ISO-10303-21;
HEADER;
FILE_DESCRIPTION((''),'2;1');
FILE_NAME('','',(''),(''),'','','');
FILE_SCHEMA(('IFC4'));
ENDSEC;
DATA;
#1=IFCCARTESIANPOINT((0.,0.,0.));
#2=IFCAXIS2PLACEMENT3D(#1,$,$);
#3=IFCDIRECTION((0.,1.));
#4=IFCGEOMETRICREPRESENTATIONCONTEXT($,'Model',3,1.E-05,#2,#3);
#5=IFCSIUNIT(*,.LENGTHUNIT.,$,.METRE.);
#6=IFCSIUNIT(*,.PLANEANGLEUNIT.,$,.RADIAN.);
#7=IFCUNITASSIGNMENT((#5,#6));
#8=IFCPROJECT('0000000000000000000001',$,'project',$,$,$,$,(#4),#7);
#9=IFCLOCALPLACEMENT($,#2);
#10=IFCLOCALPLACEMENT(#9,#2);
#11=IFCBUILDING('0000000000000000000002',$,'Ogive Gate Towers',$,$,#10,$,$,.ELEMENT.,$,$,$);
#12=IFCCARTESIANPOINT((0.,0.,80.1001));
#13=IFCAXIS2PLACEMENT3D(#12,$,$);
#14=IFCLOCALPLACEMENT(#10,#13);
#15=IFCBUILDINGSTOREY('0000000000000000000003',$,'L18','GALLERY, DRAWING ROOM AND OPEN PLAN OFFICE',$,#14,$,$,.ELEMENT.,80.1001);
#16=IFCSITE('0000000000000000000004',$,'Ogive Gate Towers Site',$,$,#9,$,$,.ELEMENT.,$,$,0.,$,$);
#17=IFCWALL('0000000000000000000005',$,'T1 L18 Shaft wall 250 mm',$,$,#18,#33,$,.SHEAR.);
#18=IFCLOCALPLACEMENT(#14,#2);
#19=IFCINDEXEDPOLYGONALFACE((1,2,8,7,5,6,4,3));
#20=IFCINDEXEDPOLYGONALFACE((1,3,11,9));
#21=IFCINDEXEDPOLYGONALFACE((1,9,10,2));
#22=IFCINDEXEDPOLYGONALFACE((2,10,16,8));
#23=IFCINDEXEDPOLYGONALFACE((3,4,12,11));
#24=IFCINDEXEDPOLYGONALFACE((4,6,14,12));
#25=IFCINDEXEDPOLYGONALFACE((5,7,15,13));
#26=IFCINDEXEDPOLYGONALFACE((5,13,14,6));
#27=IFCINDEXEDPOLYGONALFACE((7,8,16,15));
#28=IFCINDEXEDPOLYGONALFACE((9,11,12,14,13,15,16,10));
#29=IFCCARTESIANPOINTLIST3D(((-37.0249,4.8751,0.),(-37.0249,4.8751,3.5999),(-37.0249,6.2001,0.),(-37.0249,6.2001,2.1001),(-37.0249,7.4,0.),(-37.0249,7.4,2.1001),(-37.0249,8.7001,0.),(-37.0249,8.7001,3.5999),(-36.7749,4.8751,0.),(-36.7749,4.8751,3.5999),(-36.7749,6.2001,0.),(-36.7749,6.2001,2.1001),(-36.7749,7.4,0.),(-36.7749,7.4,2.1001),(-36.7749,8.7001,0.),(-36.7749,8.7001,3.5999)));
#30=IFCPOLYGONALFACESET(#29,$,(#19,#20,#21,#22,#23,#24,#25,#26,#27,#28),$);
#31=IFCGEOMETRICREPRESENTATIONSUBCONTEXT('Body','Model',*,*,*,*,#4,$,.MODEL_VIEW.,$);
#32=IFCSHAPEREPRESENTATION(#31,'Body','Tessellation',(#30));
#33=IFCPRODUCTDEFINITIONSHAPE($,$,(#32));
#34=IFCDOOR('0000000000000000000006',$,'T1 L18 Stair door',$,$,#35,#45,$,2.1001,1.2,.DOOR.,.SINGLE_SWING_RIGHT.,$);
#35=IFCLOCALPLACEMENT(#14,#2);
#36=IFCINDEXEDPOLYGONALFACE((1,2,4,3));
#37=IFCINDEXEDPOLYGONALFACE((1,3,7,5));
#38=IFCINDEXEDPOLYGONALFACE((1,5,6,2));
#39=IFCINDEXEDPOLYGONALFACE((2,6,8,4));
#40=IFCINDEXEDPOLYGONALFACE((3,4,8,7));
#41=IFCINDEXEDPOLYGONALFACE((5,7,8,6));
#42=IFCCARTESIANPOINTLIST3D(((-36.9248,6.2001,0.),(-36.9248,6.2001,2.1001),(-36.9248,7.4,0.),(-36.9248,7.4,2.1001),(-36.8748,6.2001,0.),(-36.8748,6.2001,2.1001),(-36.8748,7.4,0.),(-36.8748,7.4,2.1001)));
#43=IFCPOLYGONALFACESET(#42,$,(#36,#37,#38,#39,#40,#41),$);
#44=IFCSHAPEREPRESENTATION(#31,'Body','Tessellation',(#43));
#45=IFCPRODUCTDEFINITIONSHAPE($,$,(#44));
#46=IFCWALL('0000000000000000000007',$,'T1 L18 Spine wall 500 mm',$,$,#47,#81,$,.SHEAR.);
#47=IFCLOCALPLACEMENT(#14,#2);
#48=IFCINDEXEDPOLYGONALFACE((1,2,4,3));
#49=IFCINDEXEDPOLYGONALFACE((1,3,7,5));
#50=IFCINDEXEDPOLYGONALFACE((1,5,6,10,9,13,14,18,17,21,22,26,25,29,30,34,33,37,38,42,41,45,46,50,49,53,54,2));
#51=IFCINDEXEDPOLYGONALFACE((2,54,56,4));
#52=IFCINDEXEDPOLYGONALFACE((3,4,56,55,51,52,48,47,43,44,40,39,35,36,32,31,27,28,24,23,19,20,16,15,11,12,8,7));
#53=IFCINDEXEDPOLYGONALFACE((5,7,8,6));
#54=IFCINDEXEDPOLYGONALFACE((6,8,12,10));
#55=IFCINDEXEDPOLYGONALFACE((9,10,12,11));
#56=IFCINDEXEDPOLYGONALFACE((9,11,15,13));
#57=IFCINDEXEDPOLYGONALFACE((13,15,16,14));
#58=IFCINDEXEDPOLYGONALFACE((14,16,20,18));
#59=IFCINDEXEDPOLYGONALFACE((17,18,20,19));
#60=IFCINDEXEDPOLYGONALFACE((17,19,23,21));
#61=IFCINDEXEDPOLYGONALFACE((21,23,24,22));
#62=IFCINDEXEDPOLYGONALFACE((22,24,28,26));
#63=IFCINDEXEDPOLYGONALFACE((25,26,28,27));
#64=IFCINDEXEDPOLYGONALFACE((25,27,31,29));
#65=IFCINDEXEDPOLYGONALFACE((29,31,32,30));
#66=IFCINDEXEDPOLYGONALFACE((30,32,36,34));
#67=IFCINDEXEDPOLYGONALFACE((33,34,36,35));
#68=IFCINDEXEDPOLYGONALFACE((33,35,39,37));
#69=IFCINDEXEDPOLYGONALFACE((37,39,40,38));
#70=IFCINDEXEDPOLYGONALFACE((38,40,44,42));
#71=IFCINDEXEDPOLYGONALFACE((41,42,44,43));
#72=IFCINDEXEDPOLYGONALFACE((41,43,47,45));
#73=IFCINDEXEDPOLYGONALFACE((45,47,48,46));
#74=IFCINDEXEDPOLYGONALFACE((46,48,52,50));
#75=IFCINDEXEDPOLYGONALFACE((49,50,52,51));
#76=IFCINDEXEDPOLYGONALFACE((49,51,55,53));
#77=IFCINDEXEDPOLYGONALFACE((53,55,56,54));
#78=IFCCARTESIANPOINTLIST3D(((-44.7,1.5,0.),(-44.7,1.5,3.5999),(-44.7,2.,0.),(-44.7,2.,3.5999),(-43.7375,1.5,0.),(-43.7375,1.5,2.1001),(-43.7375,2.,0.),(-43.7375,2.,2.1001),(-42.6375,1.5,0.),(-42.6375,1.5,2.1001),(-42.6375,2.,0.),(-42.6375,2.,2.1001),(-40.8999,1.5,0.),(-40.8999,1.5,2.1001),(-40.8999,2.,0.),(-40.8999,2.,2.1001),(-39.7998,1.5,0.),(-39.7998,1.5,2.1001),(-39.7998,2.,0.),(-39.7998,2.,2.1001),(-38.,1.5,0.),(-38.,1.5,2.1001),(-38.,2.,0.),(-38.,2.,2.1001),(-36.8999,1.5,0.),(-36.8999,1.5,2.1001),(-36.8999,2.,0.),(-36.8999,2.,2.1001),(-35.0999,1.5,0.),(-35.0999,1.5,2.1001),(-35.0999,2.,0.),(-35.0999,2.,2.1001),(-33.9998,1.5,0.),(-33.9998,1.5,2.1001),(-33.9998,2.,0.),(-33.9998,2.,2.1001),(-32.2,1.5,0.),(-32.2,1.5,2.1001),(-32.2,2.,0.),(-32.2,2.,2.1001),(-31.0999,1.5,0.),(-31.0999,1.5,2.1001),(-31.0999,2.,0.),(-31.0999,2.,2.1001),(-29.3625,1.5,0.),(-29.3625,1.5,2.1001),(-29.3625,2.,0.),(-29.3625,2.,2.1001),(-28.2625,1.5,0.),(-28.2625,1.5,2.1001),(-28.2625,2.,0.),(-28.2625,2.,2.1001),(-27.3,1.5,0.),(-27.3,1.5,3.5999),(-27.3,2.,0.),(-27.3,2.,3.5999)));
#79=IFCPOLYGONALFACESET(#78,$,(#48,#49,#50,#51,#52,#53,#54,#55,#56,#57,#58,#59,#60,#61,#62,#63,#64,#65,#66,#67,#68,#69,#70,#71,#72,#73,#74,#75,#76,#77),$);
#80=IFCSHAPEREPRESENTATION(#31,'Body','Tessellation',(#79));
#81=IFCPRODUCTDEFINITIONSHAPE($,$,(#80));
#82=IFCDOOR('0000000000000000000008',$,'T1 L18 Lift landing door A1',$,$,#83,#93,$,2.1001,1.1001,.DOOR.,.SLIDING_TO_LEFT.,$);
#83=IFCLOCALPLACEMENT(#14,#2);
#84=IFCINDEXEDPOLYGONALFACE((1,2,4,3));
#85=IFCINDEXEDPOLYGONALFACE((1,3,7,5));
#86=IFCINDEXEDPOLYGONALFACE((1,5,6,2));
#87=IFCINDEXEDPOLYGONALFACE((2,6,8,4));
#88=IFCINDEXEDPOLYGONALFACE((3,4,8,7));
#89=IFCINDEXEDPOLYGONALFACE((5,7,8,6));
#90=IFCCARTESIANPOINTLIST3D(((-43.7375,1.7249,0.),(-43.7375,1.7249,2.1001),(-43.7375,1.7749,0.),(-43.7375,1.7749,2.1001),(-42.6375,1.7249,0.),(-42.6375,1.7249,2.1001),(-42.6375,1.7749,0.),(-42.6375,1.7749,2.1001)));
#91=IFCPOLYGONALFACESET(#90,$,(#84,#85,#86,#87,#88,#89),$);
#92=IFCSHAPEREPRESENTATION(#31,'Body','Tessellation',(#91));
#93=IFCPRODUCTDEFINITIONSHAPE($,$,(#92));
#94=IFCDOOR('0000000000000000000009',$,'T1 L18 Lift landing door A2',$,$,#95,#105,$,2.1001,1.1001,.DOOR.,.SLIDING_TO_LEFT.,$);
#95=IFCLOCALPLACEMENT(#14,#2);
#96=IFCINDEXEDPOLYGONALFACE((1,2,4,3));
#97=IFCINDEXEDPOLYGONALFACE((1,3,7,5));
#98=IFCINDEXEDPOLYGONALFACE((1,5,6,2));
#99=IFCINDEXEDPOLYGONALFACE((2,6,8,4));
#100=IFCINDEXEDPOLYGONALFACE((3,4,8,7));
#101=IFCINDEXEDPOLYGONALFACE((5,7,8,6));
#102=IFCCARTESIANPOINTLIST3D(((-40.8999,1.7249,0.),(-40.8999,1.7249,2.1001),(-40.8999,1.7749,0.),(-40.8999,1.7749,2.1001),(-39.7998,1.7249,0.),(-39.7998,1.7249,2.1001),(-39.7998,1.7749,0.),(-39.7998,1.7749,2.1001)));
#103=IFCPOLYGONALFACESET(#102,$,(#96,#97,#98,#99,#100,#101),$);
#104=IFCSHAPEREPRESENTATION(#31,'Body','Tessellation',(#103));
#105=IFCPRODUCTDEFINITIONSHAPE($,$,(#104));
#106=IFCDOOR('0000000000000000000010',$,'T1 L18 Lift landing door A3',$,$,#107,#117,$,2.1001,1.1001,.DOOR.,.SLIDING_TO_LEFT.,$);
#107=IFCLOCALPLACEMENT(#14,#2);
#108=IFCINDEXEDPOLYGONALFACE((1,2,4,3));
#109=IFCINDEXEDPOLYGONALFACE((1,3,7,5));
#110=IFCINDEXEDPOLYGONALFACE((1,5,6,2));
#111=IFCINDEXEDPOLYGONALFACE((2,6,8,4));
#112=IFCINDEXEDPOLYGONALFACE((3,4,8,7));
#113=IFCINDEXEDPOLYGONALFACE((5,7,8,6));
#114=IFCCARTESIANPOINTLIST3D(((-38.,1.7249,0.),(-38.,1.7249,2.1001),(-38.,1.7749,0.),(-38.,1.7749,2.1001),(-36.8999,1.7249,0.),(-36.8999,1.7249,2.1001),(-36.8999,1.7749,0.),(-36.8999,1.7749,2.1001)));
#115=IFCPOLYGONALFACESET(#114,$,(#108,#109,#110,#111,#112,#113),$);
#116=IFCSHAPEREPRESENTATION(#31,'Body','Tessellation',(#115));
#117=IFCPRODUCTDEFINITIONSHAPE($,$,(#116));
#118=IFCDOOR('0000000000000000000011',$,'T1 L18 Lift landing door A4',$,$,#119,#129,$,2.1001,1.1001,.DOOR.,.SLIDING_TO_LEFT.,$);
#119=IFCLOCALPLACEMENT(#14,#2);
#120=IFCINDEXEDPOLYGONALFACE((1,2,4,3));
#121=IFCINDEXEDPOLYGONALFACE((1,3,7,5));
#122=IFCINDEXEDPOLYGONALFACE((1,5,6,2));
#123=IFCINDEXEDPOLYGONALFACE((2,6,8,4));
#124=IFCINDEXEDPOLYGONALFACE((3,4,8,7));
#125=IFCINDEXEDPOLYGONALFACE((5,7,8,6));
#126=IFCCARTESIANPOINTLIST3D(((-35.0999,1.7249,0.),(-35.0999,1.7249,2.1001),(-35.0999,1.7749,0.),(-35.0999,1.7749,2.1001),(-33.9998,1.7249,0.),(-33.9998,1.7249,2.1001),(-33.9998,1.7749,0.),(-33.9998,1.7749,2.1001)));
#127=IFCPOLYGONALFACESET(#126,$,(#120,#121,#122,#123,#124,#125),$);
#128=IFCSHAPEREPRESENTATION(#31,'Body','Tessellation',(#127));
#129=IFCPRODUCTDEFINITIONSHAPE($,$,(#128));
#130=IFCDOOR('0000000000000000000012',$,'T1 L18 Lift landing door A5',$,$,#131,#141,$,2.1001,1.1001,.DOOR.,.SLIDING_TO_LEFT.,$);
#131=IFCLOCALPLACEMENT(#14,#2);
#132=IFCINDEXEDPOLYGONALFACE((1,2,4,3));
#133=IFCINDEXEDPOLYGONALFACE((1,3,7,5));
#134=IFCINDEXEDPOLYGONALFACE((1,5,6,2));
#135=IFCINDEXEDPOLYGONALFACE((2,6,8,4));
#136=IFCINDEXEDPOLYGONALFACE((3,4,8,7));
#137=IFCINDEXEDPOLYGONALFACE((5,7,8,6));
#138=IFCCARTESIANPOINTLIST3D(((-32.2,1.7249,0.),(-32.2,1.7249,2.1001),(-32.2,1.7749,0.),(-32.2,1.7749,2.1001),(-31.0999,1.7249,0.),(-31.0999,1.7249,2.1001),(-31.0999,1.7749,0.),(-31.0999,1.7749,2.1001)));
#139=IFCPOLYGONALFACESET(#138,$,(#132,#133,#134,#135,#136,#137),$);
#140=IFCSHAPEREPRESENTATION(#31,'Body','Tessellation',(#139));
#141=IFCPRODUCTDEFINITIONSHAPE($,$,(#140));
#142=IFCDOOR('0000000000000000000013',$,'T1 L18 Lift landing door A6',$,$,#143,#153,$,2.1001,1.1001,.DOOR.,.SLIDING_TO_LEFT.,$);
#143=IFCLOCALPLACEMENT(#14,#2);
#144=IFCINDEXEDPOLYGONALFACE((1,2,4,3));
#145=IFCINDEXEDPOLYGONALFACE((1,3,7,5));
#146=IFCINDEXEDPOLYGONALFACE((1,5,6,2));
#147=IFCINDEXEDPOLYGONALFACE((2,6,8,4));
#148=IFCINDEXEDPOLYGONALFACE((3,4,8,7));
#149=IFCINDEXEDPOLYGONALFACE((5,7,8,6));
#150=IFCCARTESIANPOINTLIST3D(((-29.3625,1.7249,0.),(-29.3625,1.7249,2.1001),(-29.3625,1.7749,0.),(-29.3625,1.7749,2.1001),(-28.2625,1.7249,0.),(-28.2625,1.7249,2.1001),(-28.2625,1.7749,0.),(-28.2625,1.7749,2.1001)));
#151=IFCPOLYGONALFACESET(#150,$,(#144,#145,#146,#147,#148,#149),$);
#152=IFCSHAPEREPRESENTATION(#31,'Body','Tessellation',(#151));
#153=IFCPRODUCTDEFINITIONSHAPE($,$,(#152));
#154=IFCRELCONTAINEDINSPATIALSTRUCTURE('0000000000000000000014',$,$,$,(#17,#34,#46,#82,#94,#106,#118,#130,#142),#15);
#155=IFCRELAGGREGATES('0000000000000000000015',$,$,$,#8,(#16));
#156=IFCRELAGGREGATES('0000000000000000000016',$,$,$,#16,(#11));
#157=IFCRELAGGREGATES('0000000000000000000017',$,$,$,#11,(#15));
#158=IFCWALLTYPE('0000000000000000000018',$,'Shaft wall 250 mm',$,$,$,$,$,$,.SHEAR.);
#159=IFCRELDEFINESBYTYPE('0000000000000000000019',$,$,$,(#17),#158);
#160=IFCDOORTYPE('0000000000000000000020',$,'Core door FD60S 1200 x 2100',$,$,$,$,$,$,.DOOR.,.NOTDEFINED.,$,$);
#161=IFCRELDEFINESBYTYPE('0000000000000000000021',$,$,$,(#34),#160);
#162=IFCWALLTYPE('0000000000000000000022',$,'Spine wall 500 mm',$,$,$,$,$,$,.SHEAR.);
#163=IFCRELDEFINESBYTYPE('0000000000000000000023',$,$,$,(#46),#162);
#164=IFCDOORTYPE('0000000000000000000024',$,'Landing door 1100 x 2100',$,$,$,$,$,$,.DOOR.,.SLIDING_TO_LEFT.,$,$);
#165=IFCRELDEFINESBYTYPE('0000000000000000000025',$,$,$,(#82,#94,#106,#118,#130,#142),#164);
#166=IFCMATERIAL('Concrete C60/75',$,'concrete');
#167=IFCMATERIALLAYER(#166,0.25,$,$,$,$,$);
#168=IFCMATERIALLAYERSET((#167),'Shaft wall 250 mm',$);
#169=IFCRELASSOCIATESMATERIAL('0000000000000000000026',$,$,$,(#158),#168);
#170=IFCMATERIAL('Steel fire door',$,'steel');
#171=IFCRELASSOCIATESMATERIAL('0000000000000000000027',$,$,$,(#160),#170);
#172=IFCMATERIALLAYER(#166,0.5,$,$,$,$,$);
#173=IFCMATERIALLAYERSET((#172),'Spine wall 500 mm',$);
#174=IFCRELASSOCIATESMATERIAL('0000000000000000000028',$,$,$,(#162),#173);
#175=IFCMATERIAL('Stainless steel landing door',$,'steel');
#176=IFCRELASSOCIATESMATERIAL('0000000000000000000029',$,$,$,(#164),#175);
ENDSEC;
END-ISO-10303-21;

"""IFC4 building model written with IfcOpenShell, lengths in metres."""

from ifc_helpers import new_model, si_unit, direction, frame, frame_2d, origin, place, context, subcontext, project, spatial, rectangle, extrude, material, layer, layer_set, type_object, element, fill, save


model = new_model("IFC4")

# Units and contexts
model_context = context("Model", 3, precision=1e-05, world=origin(), true_north=direction((0.0, 1.0)))
body_context = subcontext(model_context, "Body", "Model", "MODEL_VIEW")
ifc_project = project(units=[si_unit("LENGTHUNIT", "METRE"), si_unit("PLANEANGLEUNIT", "RADIAN")], contexts=[model_context])

# Site, building, storey
site_placement = place(None, origin())
site = spatial("IfcSite", under=ifc_project, at=site_placement, Name="Ogive Gate Towers Site", CompositionType="ELEMENT", RefElevation=0.0)
building_placement = place(site_placement, origin())
building = spatial("IfcBuilding", under=site, at=building_placement, Name="Ogive Gate Towers", CompositionType="ELEMENT")
storey_placement = place(building_placement, frame((0.0, 0.0, 80.1001)))
storey = spatial("IfcBuildingStorey", under=building, at=storey_placement, Name="L18", Description="GALLERY, DRAWING ROOM AND OPEN PLAN OFFICE", CompositionType="ELEMENT", Elevation=80.1001)

# Shared definitions
ifc_material_1 = material(Name="Concrete C60/75", Category="concrete")
ifc_layer_1 = layer(ifc_material_1, 0.25)
ifc_layer_set_1 = layer_set([ifc_layer_1], Name="Shaft wall 250 mm")
wall_type_1 = type_object("IfcWallType", Name="Shaft wall 250 mm", PredefinedType="SHEAR", material=ifc_layer_set_1)

# Wall, opening, door
wall_1_placement = place(storey_placement, frame((-36.8999, 4.875, 0.0), z_axis=(0.0, 0.0, 1.0), x_axis=(0.0, 1.0, 0.0)))
wall_1 = element("IfcWall", 1, at=wall_1_placement, inside=storey, type_object=wall_type_1, Name="T1 L18 Shaft wall 250 mm", PredefinedType="SHEAR", context=body_context, shape_type="SweptSolid", body=[
    extrude(rectangle(XDim=3.825, YDim=0.25, at=frame_2d((1.9126, 0.0))), origin(), (0.0, 0.0, 1.0), 3.5999),
])
opening_1_placement = place(wall_1_placement, frame((1.325, 0.0, 0.0)))
opening_1 = element("IfcOpeningElement", 2, at=opening_1_placement, cuts=wall_1, PredefinedType="OPENING", context=body_context, shape_type="SweptSolid", body=[
    extrude(rectangle(XDim=1.2, YDim=2.1001, at=frame_2d((0.6001, 1.05))), frame((0.0, 0.135, 0.0), z_axis=(0.0, -1.0, 0.0), x_axis=(1.0, 0.0, 0.0)), (0.0, 0.0, 1.0), 0.27),
])
ifc_material_2 = material(Name="Steel fire door", Category="steel")
door_type_1 = type_object("IfcDoorType", Name="Core door FD60S 1200 x 2100", OperationType="NOTDEFINED", PredefinedType="DOOR", material=ifc_material_2)
door_1_placement = place(opening_1_placement, origin())
door_1 = element("IfcDoor", 3, at=door_1_placement, inside=storey, type_object=door_type_1, Name="T1 L18 Stair door", OperationType="SINGLE_SWING_RIGHT", OverallHeight=2.1001, OverallWidth=1.2, PredefinedType="DOOR", context=body_context, shape_type="SweptSolid", body=[
    extrude(rectangle(XDim=1.2, YDim=2.1001, at=frame_2d((0.6001, 1.05))), frame((0.0, 0.0249, 0.0), z_axis=(0.0, -1.0, 0.0), x_axis=(1.0, 0.0, 0.0)), (0.0, 0.0, 1.0), 0.05),
])
fill(opening_1, door_1)

# Wall, openings, doors
ifc_layer_2 = layer(ifc_material_1, 0.5)
ifc_layer_set_2 = layer_set([ifc_layer_2], Name="Spine wall 500 mm")
wall_type_2 = type_object("IfcWallType", Name="Spine wall 500 mm", PredefinedType="SHEAR", material=ifc_layer_set_2)
wall_2_placement = place(storey_placement, frame((-44.7, 1.75, 0.0), z_axis=(0.0, 0.0, 1.0), x_axis=(1.0, 0.0, 0.0)))
wall_2 = element("IfcWall", 4, at=wall_2_placement, inside=storey, type_object=wall_type_2, Name="T1 L18 Spine wall 500 mm", PredefinedType="SHEAR", context=body_context, shape_type="SweptSolid", body=[
    extrude(rectangle(XDim=17.3999, YDim=0.5, at=frame_2d((8.7, 0.0))), origin(), (0.0, 0.0, 1.0), 3.5999),
])
opening_2_placement = place(wall_2_placement, frame((0.9624, 0.0, 0.0)))
opening_2 = element("IfcOpeningElement", 5, at=opening_2_placement, cuts=wall_2, PredefinedType="OPENING", context=body_context, shape_type="SweptSolid", body=[
    extrude(rectangle(XDim=1.1001, YDim=2.1001, at=frame_2d((0.55, 1.05))), frame((0.0, 0.26, 0.0), z_axis=(0.0, -1.0, 0.0), x_axis=(1.0, 0.0, 0.0)), (0.0, 0.0, 1.0), 0.52),
])
opening_3_placement = place(wall_2_placement, frame((3.8, 0.0, 0.0)))
opening_3 = element("IfcOpeningElement", 6, at=opening_3_placement, cuts=wall_2, PredefinedType="OPENING", context=body_context, shape_type="SweptSolid", body=[
    extrude(rectangle(XDim=1.1001, YDim=2.1001, at=frame_2d((0.55, 1.05))), frame((0.0, 0.26, 0.0), z_axis=(0.0, -1.0, 0.0), x_axis=(1.0, 0.0, 0.0)), (0.0, 0.0, 1.0), 0.52),
])
opening_4_placement = place(wall_2_placement, frame((6.7, 0.0, 0.0)))
opening_4 = element("IfcOpeningElement", 7, at=opening_4_placement, cuts=wall_2, PredefinedType="OPENING", context=body_context, shape_type="SweptSolid", body=[
    extrude(rectangle(XDim=1.1001, YDim=2.1001, at=frame_2d((0.55, 1.05))), frame((0.0, 0.26, 0.0), z_axis=(0.0, -1.0, 0.0), x_axis=(1.0, 0.0, 0.0)), (0.0, 0.0, 1.0), 0.52),
])
opening_5_placement = place(wall_2_placement, frame((9.6001, 0.0, 0.0)))
opening_5 = element("IfcOpeningElement", 8, at=opening_5_placement, cuts=wall_2, PredefinedType="OPENING", context=body_context, shape_type="SweptSolid", body=[
    extrude(rectangle(XDim=1.1001, YDim=2.1001, at=frame_2d((0.55, 1.05))), frame((0.0, 0.26, 0.0), z_axis=(0.0, -1.0, 0.0), x_axis=(1.0, 0.0, 0.0)), (0.0, 0.0, 1.0), 0.52),
])
opening_6_placement = place(wall_2_placement, frame((12.5, 0.0, 0.0)))
opening_6 = element("IfcOpeningElement", 9, at=opening_6_placement, cuts=wall_2, PredefinedType="OPENING", context=body_context, shape_type="SweptSolid", body=[
    extrude(rectangle(XDim=1.1001, YDim=2.1001, at=frame_2d((0.55, 1.05))), frame((0.0, 0.26, 0.0), z_axis=(0.0, -1.0, 0.0), x_axis=(1.0, 0.0, 0.0)), (0.0, 0.0, 1.0), 0.52),
])
opening_7_placement = place(wall_2_placement, frame((15.3374, 0.0, 0.0)))
opening_7 = element("IfcOpeningElement", 10, at=opening_7_placement, cuts=wall_2, PredefinedType="OPENING", context=body_context, shape_type="SweptSolid", body=[
    extrude(rectangle(XDim=1.1001, YDim=2.1001, at=frame_2d((0.55, 1.05))), frame((0.0, 0.26, 0.0), z_axis=(0.0, -1.0, 0.0), x_axis=(1.0, 0.0, 0.0)), (0.0, 0.0, 1.0), 0.52),
])
ifc_material_3 = material(Name="Stainless steel landing door", Category="steel")
door_type_2 = type_object("IfcDoorType", Name="Landing door 1100 x 2100", OperationType="SLIDING_TO_LEFT", PredefinedType="DOOR", material=ifc_material_3)
door_2_placement = place(opening_2_placement, origin())
door_2 = element("IfcDoor", 11, at=door_2_placement, inside=storey, type_object=door_type_2, Name="T1 L18 Lift landing door A1", OperationType="SLIDING_TO_LEFT", OverallHeight=2.1001, OverallWidth=1.1001, PredefinedType="DOOR", context=body_context, shape_type="SweptSolid", body=[
    extrude(rectangle(XDim=1.1001, YDim=2.1001, at=frame_2d((0.55, 1.05))), frame((0.0, 0.0249, 0.0), z_axis=(0.0, -1.0, 0.0), x_axis=(1.0, 0.0, 0.0)), (0.0, 0.0, 1.0), 0.05),
])
fill(opening_2, door_2)
door_3_placement = place(opening_3_placement, origin())
door_3 = element("IfcDoor", 12, at=door_3_placement, inside=storey, type_object=door_type_2, Name="T1 L18 Lift landing door A2", OperationType="SLIDING_TO_LEFT", OverallHeight=2.1001, OverallWidth=1.1001, PredefinedType="DOOR", context=body_context, shape_type="SweptSolid", body=[
    extrude(rectangle(XDim=1.1001, YDim=2.1001, at=frame_2d((0.55, 1.05))), frame((0.0, 0.0249, 0.0), z_axis=(0.0, -1.0, 0.0), x_axis=(1.0, 0.0, 0.0)), (0.0, 0.0, 1.0), 0.05),
])
fill(opening_3, door_3)
door_4_placement = place(opening_4_placement, origin())
door_4 = element("IfcDoor", 13, at=door_4_placement, inside=storey, type_object=door_type_2, Name="T1 L18 Lift landing door A3", OperationType="SLIDING_TO_LEFT", OverallHeight=2.1001, OverallWidth=1.1001, PredefinedType="DOOR", context=body_context, shape_type="SweptSolid", body=[
    extrude(rectangle(XDim=1.1001, YDim=2.1001, at=frame_2d((0.55, 1.05))), frame((0.0, 0.0249, 0.0), z_axis=(0.0, -1.0, 0.0), x_axis=(1.0, 0.0, 0.0)), (0.0, 0.0, 1.0), 0.05),
])
fill(opening_4, door_4)
door_5_placement = place(opening_5_placement, origin())
door_5 = element("IfcDoor", 14, at=door_5_placement, inside=storey, type_object=door_type_2, Name="T1 L18 Lift landing door A4", OperationType="SLIDING_TO_LEFT", OverallHeight=2.1001, OverallWidth=1.1001, PredefinedType="DOOR", context=body_context, shape_type="SweptSolid", body=[
    extrude(rectangle(XDim=1.1001, YDim=2.1001, at=frame_2d((0.55, 1.05))), frame((0.0, 0.0249, 0.0), z_axis=(0.0, -1.0, 0.0), x_axis=(1.0, 0.0, 0.0)), (0.0, 0.0, 1.0), 0.05),
])
fill(opening_5, door_5)
door_6_placement = place(opening_6_placement, origin())
door_6 = element("IfcDoor", 15, at=door_6_placement, inside=storey, type_object=door_type_2, Name="T1 L18 Lift landing door A5", OperationType="SLIDING_TO_LEFT", OverallHeight=2.1001, OverallWidth=1.1001, PredefinedType="DOOR", context=body_context, shape_type="SweptSolid", body=[
    extrude(rectangle(XDim=1.1001, YDim=2.1001, at=frame_2d((0.55, 1.05))), frame((0.0, 0.0249, 0.0), z_axis=(0.0, -1.0, 0.0), x_axis=(1.0, 0.0, 0.0)), (0.0, 0.0, 1.0), 0.05),
])
fill(opening_6, door_6)
door_7_placement = place(opening_7_placement, origin())
door_7 = element("IfcDoor", 16, at=door_7_placement, inside=storey, type_object=door_type_2, Name="T1 L18 Lift landing door A6", OperationType="SLIDING_TO_LEFT", OverallHeight=2.1001, OverallWidth=1.1001, PredefinedType="DOOR", context=body_context, shape_type="SweptSolid", body=[
    extrude(rectangle(XDim=1.1001, YDim=2.1001, at=frame_2d((0.55, 1.05))), frame((0.0, 0.0249, 0.0), z_axis=(0.0, -1.0, 0.0), x_axis=(1.0, 0.0, 0.0)), (0.0, 0.0, 1.0), 0.05),
])
fill(opening_7, door_7)

save(model, "model.ifc")
